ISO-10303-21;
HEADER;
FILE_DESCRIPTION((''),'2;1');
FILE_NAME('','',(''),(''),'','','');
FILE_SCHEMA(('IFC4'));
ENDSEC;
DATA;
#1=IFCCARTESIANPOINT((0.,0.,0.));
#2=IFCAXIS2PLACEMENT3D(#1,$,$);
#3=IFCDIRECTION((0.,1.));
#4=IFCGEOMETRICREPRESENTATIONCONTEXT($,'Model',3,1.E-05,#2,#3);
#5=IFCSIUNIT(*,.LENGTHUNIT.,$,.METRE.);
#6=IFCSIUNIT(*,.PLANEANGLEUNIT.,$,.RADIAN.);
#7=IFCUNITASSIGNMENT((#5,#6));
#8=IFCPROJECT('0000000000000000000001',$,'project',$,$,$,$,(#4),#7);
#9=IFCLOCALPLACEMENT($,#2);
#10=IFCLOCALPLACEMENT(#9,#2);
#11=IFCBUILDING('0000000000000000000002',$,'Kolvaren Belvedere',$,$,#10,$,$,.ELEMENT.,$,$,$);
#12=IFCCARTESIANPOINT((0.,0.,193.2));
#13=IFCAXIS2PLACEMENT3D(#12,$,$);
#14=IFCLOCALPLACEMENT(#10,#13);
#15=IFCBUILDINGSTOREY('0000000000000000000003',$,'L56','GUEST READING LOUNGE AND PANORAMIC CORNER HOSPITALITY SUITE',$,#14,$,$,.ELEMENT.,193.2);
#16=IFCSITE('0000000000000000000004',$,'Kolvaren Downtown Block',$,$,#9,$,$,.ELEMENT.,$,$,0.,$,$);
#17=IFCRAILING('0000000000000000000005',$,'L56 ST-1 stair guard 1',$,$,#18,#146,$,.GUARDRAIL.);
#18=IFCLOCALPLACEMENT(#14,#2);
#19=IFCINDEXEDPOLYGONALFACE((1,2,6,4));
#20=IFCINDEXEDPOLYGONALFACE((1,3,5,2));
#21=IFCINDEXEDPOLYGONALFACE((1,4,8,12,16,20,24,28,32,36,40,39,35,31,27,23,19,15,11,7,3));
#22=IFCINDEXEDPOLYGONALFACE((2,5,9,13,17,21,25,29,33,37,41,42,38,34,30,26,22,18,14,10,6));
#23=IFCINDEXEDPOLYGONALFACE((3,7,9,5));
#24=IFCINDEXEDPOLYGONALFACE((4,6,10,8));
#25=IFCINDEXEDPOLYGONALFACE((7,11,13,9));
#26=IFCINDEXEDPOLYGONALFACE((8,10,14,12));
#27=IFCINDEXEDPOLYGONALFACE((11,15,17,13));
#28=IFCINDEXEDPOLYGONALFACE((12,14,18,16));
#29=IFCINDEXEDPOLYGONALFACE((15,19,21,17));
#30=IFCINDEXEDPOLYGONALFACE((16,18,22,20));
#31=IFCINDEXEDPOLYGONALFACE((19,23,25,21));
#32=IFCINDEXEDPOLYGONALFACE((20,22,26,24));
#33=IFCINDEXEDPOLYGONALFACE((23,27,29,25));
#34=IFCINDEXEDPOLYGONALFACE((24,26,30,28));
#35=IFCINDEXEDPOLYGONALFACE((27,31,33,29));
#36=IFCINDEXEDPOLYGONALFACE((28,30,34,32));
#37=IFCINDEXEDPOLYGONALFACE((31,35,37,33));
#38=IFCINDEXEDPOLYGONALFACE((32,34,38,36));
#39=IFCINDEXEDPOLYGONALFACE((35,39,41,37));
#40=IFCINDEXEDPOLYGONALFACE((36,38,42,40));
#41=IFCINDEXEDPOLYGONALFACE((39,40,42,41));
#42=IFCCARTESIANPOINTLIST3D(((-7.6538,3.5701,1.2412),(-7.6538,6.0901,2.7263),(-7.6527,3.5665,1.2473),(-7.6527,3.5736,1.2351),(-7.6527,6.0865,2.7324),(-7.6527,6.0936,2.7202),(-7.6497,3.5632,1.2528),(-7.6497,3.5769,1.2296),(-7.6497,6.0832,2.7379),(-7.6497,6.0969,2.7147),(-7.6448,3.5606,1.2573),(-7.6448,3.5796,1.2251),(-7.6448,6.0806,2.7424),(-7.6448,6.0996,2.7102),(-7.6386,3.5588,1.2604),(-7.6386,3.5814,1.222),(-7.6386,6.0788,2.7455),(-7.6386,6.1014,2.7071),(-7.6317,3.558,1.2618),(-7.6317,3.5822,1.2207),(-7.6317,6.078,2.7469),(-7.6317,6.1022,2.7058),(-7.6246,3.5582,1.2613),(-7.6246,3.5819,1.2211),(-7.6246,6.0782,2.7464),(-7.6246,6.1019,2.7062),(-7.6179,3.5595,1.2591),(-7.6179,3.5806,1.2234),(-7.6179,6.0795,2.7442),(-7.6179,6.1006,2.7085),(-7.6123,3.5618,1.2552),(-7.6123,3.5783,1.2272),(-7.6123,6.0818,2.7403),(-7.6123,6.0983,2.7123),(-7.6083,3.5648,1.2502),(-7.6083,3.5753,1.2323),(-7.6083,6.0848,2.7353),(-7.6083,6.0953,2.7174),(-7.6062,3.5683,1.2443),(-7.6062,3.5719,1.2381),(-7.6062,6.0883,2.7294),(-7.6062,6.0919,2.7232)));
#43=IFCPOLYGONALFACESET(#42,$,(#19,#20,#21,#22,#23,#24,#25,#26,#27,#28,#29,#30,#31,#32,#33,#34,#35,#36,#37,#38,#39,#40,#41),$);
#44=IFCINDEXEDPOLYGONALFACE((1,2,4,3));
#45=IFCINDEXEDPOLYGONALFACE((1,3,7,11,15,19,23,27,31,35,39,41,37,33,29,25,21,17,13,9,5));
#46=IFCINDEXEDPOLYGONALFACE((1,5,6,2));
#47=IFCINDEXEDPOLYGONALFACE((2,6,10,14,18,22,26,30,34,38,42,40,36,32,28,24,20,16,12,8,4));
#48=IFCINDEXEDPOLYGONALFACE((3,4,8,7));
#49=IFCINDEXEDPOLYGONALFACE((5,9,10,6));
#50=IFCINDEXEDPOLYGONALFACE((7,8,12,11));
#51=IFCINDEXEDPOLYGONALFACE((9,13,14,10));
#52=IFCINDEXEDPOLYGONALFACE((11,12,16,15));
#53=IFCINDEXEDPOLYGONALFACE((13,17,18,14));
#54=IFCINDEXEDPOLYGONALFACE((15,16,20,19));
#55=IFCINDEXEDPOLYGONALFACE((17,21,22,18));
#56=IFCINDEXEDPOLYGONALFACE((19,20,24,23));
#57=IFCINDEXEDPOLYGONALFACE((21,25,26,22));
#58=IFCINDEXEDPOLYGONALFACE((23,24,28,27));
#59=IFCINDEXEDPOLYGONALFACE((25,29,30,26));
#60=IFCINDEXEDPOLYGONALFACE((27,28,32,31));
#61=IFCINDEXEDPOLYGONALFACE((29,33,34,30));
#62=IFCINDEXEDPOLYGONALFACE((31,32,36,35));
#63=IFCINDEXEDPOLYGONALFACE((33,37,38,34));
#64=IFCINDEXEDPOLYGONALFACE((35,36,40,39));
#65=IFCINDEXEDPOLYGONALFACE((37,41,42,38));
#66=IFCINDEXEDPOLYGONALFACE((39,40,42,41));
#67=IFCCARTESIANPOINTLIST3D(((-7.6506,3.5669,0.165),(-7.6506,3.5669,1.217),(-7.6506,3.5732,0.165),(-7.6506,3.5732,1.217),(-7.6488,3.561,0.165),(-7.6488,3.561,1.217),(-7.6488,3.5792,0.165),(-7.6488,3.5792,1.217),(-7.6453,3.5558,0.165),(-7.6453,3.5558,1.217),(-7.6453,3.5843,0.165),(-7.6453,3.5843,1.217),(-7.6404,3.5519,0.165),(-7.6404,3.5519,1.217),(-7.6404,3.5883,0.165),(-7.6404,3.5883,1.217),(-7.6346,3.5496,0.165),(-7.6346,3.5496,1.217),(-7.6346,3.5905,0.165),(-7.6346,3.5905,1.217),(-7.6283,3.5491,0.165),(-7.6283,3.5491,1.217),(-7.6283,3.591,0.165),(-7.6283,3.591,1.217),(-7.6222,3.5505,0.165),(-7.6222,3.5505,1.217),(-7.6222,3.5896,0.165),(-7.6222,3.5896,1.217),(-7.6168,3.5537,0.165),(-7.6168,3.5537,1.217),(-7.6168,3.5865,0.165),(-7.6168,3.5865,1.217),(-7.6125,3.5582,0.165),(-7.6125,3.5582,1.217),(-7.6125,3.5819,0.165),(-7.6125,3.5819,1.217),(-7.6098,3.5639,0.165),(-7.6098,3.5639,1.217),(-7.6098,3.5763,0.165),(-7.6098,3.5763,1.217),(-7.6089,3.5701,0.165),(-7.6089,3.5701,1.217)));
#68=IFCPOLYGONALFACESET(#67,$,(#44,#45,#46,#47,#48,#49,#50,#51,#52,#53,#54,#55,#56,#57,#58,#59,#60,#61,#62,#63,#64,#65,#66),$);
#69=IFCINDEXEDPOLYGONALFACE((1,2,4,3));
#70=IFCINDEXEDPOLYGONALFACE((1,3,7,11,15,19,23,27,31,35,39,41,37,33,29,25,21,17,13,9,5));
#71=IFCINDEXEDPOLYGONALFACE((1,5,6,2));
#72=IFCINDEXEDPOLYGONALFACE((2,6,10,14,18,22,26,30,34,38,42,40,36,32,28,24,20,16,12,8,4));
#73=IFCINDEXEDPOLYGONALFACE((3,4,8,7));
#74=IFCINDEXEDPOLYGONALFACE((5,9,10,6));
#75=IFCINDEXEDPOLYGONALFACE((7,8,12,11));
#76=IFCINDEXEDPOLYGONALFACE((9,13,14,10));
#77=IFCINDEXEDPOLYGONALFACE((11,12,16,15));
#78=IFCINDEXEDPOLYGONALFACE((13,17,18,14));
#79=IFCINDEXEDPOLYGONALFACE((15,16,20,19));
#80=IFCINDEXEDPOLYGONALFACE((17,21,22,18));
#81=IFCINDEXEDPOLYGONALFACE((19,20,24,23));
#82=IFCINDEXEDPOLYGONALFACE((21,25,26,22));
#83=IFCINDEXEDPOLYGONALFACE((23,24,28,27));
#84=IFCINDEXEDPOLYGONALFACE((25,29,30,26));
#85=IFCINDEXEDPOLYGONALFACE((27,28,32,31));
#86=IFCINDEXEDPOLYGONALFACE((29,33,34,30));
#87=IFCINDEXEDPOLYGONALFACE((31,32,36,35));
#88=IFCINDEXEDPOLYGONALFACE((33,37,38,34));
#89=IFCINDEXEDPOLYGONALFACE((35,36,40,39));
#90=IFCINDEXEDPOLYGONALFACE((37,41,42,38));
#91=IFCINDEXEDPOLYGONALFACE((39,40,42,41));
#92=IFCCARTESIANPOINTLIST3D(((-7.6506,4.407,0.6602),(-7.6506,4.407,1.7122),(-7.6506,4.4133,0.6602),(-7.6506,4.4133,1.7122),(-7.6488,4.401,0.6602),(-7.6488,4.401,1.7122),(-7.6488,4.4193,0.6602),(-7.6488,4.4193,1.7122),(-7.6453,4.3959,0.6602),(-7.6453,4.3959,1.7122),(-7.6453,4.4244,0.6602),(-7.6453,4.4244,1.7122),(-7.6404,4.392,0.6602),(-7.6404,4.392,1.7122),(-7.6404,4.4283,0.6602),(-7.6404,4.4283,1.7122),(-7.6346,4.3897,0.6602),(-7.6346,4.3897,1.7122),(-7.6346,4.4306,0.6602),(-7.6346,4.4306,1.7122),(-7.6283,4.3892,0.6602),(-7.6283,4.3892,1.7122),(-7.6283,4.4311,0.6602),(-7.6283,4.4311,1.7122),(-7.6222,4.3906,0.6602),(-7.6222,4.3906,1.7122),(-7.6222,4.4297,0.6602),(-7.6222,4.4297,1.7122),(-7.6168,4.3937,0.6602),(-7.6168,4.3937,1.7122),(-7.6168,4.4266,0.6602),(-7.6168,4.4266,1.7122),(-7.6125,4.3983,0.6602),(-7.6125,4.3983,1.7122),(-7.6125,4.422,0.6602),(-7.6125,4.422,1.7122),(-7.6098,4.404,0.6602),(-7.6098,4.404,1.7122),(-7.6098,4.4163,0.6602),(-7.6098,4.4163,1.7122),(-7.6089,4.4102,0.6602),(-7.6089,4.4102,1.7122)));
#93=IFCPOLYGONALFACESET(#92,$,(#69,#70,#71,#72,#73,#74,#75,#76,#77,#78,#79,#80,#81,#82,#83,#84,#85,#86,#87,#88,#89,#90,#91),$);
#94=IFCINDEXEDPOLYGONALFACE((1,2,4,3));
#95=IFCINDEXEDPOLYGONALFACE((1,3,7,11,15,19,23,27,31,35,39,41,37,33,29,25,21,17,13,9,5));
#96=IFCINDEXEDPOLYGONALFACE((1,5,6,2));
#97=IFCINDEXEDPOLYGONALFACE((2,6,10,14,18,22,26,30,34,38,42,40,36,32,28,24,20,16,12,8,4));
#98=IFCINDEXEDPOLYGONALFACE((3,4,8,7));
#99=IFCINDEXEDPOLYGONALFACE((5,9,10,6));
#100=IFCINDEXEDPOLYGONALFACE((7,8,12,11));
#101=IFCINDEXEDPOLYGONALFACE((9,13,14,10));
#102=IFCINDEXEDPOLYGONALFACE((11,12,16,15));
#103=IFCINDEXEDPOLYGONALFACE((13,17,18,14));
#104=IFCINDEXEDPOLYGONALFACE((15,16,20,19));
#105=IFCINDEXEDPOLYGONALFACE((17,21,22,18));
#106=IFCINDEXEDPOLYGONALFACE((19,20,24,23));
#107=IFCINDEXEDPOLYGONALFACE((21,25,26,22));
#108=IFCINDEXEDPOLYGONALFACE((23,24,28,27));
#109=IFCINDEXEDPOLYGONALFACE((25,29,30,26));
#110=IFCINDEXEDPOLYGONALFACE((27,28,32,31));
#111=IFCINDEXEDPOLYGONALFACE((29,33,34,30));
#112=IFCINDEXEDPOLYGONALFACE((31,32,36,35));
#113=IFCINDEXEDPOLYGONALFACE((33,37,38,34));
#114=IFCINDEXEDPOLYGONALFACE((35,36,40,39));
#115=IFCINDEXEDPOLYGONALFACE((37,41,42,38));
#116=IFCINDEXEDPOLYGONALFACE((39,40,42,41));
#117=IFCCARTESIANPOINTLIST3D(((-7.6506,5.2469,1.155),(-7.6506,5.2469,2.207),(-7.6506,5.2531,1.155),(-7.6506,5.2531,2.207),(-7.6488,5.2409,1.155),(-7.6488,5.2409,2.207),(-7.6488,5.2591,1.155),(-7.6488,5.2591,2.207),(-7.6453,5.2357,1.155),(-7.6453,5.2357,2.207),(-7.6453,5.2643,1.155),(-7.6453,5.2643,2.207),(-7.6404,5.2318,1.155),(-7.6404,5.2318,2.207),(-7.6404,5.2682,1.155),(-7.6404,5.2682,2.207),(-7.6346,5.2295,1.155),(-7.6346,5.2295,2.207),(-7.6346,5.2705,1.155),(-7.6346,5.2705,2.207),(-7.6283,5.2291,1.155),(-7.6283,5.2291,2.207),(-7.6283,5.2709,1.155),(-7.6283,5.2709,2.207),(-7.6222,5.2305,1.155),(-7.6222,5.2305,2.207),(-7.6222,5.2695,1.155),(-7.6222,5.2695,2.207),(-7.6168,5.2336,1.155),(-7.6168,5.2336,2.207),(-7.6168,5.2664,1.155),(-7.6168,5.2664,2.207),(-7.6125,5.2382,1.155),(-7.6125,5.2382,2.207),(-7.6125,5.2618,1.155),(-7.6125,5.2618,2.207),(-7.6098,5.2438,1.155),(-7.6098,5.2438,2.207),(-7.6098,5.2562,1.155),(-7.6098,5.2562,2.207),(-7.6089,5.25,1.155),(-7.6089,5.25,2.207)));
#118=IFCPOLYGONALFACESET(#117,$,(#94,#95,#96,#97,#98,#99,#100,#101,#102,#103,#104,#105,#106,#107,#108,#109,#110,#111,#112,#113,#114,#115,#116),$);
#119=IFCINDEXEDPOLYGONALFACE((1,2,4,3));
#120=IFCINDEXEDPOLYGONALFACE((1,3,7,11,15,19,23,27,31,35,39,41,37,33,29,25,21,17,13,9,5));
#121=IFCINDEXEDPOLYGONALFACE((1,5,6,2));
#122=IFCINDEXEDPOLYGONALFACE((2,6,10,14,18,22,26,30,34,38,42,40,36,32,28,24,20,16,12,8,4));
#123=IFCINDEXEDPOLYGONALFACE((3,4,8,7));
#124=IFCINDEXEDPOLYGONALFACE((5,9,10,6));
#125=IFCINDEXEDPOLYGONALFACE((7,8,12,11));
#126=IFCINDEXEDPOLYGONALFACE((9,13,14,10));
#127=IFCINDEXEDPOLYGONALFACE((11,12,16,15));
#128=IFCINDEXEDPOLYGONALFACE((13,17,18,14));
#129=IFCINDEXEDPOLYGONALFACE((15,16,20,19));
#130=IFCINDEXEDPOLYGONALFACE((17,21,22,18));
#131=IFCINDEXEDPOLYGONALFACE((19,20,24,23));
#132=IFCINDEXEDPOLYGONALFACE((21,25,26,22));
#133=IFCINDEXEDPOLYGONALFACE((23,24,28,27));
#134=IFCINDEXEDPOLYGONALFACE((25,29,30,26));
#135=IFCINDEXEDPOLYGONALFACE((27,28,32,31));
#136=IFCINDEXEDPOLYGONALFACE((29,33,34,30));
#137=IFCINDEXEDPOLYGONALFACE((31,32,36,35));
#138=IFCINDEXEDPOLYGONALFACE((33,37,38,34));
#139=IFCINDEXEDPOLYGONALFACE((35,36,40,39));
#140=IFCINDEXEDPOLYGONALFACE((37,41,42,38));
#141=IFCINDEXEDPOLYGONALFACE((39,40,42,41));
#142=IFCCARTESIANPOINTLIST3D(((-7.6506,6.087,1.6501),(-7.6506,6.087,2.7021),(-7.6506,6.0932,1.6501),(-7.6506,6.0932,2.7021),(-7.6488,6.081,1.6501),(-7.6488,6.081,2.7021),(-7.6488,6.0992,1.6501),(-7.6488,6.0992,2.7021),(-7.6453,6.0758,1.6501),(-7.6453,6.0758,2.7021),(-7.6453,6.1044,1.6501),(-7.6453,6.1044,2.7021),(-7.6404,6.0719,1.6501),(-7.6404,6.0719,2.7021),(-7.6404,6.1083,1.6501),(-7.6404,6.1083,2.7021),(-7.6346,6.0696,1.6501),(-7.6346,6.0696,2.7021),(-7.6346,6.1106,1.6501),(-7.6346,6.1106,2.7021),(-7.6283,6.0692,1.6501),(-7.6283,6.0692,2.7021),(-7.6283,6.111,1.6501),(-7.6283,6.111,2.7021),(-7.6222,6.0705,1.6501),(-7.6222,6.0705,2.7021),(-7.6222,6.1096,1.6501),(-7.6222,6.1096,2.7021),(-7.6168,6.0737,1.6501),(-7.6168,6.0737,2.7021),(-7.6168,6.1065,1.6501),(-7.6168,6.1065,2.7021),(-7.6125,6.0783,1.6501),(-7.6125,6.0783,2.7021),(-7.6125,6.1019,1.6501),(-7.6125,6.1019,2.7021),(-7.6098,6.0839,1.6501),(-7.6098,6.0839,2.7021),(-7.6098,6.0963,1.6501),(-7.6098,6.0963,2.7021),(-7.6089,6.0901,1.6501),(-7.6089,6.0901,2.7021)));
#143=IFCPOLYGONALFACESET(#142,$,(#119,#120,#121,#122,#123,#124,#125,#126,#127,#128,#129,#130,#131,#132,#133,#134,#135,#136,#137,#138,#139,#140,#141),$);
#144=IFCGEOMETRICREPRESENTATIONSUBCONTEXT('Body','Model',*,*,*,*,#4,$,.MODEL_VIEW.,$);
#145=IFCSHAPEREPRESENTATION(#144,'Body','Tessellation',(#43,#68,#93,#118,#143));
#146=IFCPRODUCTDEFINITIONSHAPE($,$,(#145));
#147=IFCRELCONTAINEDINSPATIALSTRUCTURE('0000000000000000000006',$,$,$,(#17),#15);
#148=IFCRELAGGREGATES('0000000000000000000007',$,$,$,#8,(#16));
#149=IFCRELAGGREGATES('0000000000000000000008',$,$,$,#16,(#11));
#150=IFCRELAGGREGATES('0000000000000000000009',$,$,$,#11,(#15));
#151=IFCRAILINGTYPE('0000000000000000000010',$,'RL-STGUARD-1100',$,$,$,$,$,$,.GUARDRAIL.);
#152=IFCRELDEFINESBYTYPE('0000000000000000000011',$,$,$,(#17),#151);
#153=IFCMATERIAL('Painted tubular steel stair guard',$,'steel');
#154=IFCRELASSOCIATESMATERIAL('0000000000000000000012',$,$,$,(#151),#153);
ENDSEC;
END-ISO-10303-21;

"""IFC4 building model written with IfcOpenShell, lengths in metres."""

from ifc_helpers import new_model, si_unit, direction, frame, origin, origin_2d, place, context, subcontext, project, spatial, circle, extrude, material, type_object, element, save


model = new_model("IFC4")

# Units and contexts
model_context = context("Model", 3, precision=1e-05, world=origin(), true_north=direction((0.0, 1.0)))
body_context = subcontext(model_context, "Body", "Model", "MODEL_VIEW")
ifc_project = project(units=[si_unit("LENGTHUNIT", "METRE"), si_unit("PLANEANGLEUNIT", "RADIAN")], contexts=[model_context])

# Site, building, storey
site_placement = place(None, origin())
site = spatial("IfcSite", under=ifc_project, at=site_placement, Name="Kolvaren Downtown Block", CompositionType="ELEMENT", RefElevation=0.0)
building_placement = place(site_placement, origin())
building = spatial("IfcBuilding", under=site, at=building_placement, Name="Kolvaren Belvedere", CompositionType="ELEMENT")
storey_placement = place(building_placement, frame((0.0, 0.0, 193.2)))
storey = spatial("IfcBuildingStorey", under=building, at=storey_placement, Name="L56", Description="GUEST READING LOUNGE AND PANORAMIC CORNER HOSPITALITY SUITE", CompositionType="ELEMENT", Elevation=193.2)

# Railing
ifc_material_1 = material(Name="Painted tubular steel stair guard", Category="steel")
railing_type_1 = type_object("IfcRailingType", Name="RL-STGUARD-1100", PredefinedType="GUARDRAIL", material=ifc_material_1)
railing_1_placement = place(storey_placement, frame((-7.6299, 3.5701, 0.165)))
element("IfcRailing", 1, at=railing_1_placement, inside=storey, type_object=railing_type_1, Name="L56 ST-1 stair guard 1", PredefinedType="GUARDRAIL", context=body_context, shape_type="SweptSolid", body=[
    extrude(circle(Radius=0.0239, at=origin_2d()), frame((0.0, 0.0, 1.0762), z_axis=(0.0, 0.861524, 0.507717), x_axis=(-1.0, 0.0, 0.0)), (0.0, 0.0, 1.0), 2.925),
    extrude(circle(Radius=0.021, at=origin_2d()), origin(), (0.0, 0.0, 1.0), 1.052),
    extrude(circle(Radius=0.021, at=origin_2d()), frame((0.0, 0.8401, 0.4951)), (0.0, 0.0, 1.0), 1.052),
    extrude(circle(Radius=0.021, at=origin_2d()), frame((0.0, 1.6799, 0.99)), (0.0, 0.0, 1.0), 1.052),
    extrude(circle(Radius=0.021, at=origin_2d()), frame((0.0, 2.52, 1.4851)), (0.0, 0.0, 1.0), 1.052),
])

save(model, "model.ifc")
